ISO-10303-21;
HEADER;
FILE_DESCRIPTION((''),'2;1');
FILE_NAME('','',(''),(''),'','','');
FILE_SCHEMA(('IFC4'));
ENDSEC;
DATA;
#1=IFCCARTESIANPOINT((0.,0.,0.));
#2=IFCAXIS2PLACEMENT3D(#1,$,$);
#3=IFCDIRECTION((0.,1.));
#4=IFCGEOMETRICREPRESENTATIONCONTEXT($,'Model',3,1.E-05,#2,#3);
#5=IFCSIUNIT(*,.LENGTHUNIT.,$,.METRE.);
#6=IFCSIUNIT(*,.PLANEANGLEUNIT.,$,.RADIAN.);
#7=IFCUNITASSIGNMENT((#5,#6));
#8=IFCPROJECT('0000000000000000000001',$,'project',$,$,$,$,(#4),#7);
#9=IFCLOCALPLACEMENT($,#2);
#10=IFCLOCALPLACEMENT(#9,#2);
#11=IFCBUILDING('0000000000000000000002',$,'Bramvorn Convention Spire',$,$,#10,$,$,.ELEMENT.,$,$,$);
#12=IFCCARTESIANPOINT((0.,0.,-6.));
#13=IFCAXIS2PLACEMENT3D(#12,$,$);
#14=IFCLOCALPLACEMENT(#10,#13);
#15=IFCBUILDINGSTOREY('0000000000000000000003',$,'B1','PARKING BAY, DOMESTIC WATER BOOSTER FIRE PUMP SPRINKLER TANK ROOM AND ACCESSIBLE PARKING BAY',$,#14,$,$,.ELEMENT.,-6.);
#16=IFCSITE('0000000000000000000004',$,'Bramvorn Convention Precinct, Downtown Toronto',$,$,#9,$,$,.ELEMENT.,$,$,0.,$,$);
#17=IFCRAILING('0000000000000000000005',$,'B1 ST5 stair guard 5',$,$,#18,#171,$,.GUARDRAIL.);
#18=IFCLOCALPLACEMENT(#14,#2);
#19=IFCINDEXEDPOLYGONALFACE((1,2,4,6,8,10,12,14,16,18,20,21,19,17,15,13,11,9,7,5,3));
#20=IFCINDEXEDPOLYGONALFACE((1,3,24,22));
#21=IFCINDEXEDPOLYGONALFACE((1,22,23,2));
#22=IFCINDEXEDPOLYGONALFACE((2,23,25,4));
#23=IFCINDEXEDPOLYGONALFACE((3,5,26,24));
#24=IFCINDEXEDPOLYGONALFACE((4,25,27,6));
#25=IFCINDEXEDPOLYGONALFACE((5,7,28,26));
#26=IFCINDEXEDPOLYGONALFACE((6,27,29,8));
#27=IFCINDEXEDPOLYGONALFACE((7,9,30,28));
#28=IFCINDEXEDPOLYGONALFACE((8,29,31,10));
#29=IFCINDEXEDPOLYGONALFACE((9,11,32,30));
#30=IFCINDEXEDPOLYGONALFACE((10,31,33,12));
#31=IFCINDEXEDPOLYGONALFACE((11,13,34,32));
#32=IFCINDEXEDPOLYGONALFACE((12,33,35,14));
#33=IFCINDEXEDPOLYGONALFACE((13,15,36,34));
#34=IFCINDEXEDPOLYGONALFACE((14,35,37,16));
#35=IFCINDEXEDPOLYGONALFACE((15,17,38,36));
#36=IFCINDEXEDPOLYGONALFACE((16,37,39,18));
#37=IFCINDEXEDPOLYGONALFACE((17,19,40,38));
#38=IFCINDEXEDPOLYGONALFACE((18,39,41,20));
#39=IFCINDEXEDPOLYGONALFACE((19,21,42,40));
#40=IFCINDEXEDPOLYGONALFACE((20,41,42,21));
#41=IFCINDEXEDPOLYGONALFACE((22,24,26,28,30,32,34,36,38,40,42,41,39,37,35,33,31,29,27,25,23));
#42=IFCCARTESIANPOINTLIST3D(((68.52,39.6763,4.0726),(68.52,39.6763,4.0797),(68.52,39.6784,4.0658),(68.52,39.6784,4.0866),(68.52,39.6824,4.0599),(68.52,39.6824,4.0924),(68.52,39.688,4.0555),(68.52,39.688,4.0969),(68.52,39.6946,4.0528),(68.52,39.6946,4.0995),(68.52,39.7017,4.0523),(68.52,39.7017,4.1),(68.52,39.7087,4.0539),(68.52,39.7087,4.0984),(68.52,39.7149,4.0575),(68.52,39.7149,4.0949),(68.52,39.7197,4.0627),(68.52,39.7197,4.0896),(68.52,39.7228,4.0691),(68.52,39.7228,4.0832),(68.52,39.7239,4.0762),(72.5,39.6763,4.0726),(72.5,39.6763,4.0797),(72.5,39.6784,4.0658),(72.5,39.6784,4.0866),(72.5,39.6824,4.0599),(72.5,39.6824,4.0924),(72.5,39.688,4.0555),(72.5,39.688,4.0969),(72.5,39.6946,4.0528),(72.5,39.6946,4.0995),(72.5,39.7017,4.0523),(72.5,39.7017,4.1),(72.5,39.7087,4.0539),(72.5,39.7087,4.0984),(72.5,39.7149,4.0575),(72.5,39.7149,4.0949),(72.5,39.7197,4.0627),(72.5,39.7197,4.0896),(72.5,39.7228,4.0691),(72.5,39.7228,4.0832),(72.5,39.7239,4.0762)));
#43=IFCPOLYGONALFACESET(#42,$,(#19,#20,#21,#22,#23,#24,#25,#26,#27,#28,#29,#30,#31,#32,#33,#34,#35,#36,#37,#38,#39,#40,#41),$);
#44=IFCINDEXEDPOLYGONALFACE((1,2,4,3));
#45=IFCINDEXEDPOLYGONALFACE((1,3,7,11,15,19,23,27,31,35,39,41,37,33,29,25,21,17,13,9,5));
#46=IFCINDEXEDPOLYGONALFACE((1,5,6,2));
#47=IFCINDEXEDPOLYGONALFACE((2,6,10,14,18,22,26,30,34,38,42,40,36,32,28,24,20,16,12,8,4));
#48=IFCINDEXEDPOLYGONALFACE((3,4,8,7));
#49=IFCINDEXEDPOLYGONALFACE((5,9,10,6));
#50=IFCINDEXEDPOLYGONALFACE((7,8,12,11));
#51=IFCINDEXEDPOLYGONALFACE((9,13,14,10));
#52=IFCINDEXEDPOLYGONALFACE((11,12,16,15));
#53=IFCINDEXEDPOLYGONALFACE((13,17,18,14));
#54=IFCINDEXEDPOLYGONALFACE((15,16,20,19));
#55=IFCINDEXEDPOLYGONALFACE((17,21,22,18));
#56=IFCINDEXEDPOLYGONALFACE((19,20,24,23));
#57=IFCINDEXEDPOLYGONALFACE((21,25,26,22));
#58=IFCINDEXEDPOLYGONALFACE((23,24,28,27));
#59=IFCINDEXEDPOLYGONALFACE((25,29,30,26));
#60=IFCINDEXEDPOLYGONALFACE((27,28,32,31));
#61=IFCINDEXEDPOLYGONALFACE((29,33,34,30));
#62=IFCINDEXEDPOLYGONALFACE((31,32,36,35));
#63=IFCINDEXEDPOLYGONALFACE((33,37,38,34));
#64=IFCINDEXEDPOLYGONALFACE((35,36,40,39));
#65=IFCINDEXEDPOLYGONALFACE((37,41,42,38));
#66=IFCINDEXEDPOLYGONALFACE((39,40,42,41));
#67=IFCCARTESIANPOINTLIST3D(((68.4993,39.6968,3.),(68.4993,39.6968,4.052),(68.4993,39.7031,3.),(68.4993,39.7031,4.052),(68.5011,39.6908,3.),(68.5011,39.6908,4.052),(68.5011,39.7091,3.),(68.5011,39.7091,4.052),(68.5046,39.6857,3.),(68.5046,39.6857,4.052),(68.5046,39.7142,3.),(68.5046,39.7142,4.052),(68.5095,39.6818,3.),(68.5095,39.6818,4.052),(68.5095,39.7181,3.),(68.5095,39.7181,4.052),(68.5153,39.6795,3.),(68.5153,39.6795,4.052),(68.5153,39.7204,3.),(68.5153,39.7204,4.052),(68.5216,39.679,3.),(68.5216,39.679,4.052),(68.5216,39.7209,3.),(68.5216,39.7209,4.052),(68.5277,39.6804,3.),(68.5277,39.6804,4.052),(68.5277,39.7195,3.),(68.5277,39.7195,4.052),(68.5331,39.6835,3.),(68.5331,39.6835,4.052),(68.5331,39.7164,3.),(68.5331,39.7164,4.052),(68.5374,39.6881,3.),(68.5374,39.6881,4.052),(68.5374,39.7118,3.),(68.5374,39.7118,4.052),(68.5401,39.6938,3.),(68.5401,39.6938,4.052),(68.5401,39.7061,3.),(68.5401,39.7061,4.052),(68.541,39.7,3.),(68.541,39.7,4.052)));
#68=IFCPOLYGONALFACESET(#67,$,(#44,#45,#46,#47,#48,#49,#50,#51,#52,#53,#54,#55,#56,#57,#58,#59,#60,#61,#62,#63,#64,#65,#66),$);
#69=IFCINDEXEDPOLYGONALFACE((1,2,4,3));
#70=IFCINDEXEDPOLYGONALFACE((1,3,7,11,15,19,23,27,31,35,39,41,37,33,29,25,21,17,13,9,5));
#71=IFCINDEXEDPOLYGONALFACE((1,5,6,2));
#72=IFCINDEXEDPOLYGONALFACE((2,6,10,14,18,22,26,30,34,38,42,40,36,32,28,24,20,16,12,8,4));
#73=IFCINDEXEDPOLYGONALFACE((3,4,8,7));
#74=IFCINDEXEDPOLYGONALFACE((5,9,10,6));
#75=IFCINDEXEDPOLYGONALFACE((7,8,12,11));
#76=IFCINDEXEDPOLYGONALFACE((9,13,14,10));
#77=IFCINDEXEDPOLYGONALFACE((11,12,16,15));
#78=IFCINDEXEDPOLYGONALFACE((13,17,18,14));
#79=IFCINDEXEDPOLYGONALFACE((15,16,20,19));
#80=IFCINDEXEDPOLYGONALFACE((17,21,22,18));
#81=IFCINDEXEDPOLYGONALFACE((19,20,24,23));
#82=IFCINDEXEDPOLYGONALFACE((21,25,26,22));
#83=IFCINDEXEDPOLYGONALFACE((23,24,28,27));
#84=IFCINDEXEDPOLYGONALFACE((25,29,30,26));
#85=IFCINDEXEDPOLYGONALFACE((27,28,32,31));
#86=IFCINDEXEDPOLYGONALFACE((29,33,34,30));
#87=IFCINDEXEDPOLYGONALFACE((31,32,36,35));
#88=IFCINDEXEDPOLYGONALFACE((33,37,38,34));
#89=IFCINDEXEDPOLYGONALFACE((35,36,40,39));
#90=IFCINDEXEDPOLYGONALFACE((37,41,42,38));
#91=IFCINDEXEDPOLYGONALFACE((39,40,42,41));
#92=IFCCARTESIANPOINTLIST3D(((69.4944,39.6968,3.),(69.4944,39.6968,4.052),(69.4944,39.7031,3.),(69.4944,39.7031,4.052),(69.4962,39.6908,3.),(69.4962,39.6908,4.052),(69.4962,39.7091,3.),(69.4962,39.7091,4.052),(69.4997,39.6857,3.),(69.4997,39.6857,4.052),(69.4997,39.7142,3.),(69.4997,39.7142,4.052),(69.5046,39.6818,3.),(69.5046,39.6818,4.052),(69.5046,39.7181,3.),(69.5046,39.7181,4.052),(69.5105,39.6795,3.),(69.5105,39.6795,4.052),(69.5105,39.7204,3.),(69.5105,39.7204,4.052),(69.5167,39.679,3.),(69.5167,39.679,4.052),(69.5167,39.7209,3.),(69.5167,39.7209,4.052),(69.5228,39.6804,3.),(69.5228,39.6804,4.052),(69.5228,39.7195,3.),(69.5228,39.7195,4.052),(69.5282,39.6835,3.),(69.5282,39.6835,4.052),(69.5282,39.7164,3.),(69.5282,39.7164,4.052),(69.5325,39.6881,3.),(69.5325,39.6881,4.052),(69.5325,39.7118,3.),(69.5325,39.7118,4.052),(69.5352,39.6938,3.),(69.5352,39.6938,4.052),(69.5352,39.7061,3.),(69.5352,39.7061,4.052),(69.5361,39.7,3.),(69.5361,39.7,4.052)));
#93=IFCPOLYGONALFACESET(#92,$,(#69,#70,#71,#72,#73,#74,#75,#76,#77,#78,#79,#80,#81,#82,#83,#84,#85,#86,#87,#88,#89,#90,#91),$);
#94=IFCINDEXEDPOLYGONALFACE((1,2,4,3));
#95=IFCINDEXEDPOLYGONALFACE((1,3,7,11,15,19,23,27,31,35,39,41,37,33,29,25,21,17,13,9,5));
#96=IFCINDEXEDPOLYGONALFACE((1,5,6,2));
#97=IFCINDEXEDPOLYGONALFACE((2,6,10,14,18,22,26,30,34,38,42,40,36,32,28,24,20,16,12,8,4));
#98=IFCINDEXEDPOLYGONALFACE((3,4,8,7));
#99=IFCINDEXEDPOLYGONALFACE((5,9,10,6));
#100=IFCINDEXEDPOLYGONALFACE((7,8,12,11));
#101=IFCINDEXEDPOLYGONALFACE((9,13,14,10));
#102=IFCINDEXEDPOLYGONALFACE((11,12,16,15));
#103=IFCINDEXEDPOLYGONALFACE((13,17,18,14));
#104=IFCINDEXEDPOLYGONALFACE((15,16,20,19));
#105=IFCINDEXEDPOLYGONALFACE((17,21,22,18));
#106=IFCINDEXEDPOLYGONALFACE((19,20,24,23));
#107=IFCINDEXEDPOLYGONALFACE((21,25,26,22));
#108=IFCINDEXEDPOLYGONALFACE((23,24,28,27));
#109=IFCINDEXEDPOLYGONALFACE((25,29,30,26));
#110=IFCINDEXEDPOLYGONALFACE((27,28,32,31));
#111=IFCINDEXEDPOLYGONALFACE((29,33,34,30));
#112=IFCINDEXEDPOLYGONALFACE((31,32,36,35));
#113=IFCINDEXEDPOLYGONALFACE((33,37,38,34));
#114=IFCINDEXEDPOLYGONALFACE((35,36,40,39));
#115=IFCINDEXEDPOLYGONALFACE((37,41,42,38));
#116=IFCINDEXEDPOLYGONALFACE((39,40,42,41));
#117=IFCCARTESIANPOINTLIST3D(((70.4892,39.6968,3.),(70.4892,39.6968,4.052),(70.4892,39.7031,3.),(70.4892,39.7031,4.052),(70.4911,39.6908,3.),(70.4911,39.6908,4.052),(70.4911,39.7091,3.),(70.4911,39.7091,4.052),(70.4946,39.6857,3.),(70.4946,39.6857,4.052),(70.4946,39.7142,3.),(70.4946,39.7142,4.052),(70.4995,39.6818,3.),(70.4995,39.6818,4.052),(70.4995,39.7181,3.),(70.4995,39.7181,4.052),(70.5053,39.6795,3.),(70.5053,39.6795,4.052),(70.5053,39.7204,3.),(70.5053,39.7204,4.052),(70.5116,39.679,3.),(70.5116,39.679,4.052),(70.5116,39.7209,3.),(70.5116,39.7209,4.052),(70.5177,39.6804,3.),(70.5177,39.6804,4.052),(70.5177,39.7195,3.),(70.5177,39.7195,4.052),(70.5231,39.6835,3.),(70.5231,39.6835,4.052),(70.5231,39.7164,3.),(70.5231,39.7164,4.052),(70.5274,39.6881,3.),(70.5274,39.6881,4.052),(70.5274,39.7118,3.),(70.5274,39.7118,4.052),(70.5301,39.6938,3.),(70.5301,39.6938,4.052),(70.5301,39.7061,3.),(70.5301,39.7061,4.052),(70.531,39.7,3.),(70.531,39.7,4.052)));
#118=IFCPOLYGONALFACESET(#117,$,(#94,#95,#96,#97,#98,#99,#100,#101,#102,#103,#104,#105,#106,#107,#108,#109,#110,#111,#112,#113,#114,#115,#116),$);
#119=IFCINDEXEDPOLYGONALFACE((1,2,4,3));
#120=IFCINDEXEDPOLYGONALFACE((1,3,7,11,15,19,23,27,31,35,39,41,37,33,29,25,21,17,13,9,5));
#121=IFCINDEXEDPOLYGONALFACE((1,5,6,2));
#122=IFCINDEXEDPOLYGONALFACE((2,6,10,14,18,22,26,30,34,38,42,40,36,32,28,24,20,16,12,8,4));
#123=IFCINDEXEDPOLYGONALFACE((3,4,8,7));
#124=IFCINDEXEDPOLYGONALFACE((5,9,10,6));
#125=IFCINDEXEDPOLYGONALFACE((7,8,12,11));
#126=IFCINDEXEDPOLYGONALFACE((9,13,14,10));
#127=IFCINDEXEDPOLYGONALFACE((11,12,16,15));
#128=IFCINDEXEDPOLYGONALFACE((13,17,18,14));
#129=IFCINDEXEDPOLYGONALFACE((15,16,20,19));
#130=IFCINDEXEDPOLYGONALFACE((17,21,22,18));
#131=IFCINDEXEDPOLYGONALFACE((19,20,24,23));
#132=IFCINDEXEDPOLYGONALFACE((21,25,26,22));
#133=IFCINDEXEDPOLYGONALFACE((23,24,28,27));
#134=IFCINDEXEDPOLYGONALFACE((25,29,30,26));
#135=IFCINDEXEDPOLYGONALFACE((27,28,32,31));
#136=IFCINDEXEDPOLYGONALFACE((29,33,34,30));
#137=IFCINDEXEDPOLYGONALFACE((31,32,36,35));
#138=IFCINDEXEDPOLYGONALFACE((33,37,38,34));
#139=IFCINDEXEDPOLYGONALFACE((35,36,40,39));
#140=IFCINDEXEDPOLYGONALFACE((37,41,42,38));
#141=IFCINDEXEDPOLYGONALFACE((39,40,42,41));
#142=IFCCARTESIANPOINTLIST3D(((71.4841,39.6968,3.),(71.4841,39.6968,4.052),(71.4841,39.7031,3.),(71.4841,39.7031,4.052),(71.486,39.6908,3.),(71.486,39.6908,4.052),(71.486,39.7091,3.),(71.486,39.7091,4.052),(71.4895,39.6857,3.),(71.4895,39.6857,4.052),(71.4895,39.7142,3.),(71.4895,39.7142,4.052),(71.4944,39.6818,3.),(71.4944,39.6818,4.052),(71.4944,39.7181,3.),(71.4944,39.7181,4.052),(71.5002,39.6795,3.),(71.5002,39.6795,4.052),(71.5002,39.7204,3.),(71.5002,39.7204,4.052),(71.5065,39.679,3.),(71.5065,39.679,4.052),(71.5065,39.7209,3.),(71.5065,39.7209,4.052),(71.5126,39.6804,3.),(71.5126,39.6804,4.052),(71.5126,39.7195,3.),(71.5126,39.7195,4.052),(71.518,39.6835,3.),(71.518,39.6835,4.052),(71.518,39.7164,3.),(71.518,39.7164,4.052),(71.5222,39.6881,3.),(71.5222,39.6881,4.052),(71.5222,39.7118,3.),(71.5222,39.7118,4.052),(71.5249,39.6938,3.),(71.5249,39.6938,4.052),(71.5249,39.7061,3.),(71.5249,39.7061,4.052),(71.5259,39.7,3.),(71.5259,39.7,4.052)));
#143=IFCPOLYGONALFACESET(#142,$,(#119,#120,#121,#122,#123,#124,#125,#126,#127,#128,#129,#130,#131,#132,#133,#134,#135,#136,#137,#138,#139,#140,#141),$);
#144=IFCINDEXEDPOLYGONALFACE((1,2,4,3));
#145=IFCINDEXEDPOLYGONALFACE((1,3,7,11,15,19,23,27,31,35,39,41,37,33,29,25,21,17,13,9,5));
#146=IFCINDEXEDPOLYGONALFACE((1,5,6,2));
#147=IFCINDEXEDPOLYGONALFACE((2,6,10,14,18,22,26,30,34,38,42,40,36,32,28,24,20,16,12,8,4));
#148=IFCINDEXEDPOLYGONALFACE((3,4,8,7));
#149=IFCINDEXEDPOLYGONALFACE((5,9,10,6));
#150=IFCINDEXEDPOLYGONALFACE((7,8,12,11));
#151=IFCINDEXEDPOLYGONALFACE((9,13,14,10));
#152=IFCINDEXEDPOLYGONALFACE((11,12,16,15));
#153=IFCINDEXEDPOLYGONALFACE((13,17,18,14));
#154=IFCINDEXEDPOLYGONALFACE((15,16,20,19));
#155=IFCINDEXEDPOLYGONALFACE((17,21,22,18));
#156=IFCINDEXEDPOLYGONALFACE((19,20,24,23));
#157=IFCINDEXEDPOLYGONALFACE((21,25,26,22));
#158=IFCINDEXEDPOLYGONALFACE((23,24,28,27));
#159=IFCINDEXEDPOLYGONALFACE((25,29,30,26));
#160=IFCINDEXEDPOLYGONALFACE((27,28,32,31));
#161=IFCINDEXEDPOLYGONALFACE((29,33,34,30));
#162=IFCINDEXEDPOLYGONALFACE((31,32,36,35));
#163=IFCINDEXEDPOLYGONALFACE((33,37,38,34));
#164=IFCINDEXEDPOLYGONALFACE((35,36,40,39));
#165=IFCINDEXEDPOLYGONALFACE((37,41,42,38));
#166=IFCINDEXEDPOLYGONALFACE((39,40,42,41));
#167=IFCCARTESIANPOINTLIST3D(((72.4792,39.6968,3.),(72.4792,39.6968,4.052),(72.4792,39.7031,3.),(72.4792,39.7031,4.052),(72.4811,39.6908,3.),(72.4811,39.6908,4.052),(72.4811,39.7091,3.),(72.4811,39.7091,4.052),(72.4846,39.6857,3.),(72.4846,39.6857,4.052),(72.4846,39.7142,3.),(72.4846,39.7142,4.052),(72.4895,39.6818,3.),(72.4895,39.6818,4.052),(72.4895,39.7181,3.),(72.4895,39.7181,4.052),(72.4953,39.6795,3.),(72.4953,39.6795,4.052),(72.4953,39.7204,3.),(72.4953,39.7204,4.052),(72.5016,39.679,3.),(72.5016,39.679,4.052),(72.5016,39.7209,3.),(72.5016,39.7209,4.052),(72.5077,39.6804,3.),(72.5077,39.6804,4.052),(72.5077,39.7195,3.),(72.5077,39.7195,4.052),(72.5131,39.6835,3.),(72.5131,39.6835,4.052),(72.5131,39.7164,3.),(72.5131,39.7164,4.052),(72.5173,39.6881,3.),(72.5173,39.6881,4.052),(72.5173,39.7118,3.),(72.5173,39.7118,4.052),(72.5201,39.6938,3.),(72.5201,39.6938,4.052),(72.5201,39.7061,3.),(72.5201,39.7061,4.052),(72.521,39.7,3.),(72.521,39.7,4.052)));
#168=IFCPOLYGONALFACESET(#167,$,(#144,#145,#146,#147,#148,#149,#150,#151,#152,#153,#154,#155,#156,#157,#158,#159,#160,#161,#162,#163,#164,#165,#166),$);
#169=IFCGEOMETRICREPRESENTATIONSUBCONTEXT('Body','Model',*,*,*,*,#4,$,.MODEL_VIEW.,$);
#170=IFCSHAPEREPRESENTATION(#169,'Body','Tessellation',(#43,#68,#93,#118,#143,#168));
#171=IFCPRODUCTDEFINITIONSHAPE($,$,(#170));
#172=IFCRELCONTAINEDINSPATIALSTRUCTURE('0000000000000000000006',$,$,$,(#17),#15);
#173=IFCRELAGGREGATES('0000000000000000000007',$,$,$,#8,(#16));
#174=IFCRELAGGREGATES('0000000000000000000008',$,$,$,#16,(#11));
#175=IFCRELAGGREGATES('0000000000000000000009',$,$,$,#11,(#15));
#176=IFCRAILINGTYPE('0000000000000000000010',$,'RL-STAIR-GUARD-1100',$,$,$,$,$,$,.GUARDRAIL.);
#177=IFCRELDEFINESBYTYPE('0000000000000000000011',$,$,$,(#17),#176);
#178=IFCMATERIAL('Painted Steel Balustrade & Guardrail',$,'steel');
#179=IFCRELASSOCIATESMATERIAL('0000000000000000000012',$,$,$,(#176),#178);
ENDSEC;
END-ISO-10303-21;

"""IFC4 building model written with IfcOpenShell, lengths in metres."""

from ifc_helpers import new_model, si_unit, direction, frame, origin, origin_2d, place, context, subcontext, project, spatial, circle, extrude, material, type_object, element, save


model = new_model("IFC4")

# Units and contexts
model_context = context("Model", 3, precision=1e-05, world=origin(), true_north=direction((0.0, 1.0)))
body_context = subcontext(model_context, "Body", "Model", "MODEL_VIEW")
ifc_project = project(units=[si_unit("LENGTHUNIT", "METRE"), si_unit("PLANEANGLEUNIT", "RADIAN")], contexts=[model_context])

# Site, building, storey
site_placement = place(None, origin())
site = spatial("IfcSite", under=ifc_project, at=site_placement, Name="Bramvorn Convention Precinct, Downtown Toronto", CompositionType="ELEMENT", RefElevation=0.0)
building_placement = place(site_placement, origin())
building = spatial("IfcBuilding", under=site, at=building_placement, Name="Bramvorn Convention Spire", CompositionType="ELEMENT")
storey_placement = place(building_placement, frame((0.0, 0.0, -6.0)))
storey = spatial("IfcBuildingStorey", under=building, at=storey_placement, Name="B1", Description="PARKING BAY, DOMESTIC WATER BOOSTER FIRE PUMP SPRINKLER TANK ROOM AND ACCESSIBLE PARKING BAY", CompositionType="ELEMENT", Elevation=-6.0)

# Railing
ifc_material_1 = material(Name="Painted Steel Balustrade & Guardrail", Category="steel")
railing_type = type_object("IfcRailingType", Name="RL-STAIR-GUARD-1100", PredefinedType="GUARDRAIL", material=ifc_material_1)
railing_placement = place(storey_placement, frame((68.52, 39.7, 3.0)))
element("IfcRailing", 1, at=railing_placement, inside=storey, type_object=railing_type, Name="B1 ST5 stair guard 5", PredefinedType="GUARDRAIL", context=body_context, shape_type="SweptSolid", body=[
    extrude(circle(Radius=0.0239, at=origin_2d()), frame((0.0, 0.0, 1.0762), z_axis=(1.0, 0.0, 0.0), x_axis=(0.0, 1.0, 0.0)), (0.0, 0.0, 1.0), 3.98),
    extrude(circle(Radius=0.021, at=origin_2d()), origin(), (0.0, 0.0, 1.0), 1.052),
    extrude(circle(Radius=0.021, at=origin_2d()), frame((0.9951, 0.0, 0.0)), (0.0, 0.0, 1.0), 1.052),
    extrude(circle(Radius=0.021, at=origin_2d()), frame((1.99, 0.0, 0.0)), (0.0, 0.0, 1.0), 1.052),
    extrude(circle(Radius=0.021, at=origin_2d()), frame((2.9849, 0.0, 0.0)), (0.0, 0.0, 1.0), 1.052),
    extrude(circle(Radius=0.021, at=origin_2d()), frame((3.98, 0.0, 0.0)), (0.0, 0.0, 1.0), 1.052),
])

save(model, "model.ifc")
